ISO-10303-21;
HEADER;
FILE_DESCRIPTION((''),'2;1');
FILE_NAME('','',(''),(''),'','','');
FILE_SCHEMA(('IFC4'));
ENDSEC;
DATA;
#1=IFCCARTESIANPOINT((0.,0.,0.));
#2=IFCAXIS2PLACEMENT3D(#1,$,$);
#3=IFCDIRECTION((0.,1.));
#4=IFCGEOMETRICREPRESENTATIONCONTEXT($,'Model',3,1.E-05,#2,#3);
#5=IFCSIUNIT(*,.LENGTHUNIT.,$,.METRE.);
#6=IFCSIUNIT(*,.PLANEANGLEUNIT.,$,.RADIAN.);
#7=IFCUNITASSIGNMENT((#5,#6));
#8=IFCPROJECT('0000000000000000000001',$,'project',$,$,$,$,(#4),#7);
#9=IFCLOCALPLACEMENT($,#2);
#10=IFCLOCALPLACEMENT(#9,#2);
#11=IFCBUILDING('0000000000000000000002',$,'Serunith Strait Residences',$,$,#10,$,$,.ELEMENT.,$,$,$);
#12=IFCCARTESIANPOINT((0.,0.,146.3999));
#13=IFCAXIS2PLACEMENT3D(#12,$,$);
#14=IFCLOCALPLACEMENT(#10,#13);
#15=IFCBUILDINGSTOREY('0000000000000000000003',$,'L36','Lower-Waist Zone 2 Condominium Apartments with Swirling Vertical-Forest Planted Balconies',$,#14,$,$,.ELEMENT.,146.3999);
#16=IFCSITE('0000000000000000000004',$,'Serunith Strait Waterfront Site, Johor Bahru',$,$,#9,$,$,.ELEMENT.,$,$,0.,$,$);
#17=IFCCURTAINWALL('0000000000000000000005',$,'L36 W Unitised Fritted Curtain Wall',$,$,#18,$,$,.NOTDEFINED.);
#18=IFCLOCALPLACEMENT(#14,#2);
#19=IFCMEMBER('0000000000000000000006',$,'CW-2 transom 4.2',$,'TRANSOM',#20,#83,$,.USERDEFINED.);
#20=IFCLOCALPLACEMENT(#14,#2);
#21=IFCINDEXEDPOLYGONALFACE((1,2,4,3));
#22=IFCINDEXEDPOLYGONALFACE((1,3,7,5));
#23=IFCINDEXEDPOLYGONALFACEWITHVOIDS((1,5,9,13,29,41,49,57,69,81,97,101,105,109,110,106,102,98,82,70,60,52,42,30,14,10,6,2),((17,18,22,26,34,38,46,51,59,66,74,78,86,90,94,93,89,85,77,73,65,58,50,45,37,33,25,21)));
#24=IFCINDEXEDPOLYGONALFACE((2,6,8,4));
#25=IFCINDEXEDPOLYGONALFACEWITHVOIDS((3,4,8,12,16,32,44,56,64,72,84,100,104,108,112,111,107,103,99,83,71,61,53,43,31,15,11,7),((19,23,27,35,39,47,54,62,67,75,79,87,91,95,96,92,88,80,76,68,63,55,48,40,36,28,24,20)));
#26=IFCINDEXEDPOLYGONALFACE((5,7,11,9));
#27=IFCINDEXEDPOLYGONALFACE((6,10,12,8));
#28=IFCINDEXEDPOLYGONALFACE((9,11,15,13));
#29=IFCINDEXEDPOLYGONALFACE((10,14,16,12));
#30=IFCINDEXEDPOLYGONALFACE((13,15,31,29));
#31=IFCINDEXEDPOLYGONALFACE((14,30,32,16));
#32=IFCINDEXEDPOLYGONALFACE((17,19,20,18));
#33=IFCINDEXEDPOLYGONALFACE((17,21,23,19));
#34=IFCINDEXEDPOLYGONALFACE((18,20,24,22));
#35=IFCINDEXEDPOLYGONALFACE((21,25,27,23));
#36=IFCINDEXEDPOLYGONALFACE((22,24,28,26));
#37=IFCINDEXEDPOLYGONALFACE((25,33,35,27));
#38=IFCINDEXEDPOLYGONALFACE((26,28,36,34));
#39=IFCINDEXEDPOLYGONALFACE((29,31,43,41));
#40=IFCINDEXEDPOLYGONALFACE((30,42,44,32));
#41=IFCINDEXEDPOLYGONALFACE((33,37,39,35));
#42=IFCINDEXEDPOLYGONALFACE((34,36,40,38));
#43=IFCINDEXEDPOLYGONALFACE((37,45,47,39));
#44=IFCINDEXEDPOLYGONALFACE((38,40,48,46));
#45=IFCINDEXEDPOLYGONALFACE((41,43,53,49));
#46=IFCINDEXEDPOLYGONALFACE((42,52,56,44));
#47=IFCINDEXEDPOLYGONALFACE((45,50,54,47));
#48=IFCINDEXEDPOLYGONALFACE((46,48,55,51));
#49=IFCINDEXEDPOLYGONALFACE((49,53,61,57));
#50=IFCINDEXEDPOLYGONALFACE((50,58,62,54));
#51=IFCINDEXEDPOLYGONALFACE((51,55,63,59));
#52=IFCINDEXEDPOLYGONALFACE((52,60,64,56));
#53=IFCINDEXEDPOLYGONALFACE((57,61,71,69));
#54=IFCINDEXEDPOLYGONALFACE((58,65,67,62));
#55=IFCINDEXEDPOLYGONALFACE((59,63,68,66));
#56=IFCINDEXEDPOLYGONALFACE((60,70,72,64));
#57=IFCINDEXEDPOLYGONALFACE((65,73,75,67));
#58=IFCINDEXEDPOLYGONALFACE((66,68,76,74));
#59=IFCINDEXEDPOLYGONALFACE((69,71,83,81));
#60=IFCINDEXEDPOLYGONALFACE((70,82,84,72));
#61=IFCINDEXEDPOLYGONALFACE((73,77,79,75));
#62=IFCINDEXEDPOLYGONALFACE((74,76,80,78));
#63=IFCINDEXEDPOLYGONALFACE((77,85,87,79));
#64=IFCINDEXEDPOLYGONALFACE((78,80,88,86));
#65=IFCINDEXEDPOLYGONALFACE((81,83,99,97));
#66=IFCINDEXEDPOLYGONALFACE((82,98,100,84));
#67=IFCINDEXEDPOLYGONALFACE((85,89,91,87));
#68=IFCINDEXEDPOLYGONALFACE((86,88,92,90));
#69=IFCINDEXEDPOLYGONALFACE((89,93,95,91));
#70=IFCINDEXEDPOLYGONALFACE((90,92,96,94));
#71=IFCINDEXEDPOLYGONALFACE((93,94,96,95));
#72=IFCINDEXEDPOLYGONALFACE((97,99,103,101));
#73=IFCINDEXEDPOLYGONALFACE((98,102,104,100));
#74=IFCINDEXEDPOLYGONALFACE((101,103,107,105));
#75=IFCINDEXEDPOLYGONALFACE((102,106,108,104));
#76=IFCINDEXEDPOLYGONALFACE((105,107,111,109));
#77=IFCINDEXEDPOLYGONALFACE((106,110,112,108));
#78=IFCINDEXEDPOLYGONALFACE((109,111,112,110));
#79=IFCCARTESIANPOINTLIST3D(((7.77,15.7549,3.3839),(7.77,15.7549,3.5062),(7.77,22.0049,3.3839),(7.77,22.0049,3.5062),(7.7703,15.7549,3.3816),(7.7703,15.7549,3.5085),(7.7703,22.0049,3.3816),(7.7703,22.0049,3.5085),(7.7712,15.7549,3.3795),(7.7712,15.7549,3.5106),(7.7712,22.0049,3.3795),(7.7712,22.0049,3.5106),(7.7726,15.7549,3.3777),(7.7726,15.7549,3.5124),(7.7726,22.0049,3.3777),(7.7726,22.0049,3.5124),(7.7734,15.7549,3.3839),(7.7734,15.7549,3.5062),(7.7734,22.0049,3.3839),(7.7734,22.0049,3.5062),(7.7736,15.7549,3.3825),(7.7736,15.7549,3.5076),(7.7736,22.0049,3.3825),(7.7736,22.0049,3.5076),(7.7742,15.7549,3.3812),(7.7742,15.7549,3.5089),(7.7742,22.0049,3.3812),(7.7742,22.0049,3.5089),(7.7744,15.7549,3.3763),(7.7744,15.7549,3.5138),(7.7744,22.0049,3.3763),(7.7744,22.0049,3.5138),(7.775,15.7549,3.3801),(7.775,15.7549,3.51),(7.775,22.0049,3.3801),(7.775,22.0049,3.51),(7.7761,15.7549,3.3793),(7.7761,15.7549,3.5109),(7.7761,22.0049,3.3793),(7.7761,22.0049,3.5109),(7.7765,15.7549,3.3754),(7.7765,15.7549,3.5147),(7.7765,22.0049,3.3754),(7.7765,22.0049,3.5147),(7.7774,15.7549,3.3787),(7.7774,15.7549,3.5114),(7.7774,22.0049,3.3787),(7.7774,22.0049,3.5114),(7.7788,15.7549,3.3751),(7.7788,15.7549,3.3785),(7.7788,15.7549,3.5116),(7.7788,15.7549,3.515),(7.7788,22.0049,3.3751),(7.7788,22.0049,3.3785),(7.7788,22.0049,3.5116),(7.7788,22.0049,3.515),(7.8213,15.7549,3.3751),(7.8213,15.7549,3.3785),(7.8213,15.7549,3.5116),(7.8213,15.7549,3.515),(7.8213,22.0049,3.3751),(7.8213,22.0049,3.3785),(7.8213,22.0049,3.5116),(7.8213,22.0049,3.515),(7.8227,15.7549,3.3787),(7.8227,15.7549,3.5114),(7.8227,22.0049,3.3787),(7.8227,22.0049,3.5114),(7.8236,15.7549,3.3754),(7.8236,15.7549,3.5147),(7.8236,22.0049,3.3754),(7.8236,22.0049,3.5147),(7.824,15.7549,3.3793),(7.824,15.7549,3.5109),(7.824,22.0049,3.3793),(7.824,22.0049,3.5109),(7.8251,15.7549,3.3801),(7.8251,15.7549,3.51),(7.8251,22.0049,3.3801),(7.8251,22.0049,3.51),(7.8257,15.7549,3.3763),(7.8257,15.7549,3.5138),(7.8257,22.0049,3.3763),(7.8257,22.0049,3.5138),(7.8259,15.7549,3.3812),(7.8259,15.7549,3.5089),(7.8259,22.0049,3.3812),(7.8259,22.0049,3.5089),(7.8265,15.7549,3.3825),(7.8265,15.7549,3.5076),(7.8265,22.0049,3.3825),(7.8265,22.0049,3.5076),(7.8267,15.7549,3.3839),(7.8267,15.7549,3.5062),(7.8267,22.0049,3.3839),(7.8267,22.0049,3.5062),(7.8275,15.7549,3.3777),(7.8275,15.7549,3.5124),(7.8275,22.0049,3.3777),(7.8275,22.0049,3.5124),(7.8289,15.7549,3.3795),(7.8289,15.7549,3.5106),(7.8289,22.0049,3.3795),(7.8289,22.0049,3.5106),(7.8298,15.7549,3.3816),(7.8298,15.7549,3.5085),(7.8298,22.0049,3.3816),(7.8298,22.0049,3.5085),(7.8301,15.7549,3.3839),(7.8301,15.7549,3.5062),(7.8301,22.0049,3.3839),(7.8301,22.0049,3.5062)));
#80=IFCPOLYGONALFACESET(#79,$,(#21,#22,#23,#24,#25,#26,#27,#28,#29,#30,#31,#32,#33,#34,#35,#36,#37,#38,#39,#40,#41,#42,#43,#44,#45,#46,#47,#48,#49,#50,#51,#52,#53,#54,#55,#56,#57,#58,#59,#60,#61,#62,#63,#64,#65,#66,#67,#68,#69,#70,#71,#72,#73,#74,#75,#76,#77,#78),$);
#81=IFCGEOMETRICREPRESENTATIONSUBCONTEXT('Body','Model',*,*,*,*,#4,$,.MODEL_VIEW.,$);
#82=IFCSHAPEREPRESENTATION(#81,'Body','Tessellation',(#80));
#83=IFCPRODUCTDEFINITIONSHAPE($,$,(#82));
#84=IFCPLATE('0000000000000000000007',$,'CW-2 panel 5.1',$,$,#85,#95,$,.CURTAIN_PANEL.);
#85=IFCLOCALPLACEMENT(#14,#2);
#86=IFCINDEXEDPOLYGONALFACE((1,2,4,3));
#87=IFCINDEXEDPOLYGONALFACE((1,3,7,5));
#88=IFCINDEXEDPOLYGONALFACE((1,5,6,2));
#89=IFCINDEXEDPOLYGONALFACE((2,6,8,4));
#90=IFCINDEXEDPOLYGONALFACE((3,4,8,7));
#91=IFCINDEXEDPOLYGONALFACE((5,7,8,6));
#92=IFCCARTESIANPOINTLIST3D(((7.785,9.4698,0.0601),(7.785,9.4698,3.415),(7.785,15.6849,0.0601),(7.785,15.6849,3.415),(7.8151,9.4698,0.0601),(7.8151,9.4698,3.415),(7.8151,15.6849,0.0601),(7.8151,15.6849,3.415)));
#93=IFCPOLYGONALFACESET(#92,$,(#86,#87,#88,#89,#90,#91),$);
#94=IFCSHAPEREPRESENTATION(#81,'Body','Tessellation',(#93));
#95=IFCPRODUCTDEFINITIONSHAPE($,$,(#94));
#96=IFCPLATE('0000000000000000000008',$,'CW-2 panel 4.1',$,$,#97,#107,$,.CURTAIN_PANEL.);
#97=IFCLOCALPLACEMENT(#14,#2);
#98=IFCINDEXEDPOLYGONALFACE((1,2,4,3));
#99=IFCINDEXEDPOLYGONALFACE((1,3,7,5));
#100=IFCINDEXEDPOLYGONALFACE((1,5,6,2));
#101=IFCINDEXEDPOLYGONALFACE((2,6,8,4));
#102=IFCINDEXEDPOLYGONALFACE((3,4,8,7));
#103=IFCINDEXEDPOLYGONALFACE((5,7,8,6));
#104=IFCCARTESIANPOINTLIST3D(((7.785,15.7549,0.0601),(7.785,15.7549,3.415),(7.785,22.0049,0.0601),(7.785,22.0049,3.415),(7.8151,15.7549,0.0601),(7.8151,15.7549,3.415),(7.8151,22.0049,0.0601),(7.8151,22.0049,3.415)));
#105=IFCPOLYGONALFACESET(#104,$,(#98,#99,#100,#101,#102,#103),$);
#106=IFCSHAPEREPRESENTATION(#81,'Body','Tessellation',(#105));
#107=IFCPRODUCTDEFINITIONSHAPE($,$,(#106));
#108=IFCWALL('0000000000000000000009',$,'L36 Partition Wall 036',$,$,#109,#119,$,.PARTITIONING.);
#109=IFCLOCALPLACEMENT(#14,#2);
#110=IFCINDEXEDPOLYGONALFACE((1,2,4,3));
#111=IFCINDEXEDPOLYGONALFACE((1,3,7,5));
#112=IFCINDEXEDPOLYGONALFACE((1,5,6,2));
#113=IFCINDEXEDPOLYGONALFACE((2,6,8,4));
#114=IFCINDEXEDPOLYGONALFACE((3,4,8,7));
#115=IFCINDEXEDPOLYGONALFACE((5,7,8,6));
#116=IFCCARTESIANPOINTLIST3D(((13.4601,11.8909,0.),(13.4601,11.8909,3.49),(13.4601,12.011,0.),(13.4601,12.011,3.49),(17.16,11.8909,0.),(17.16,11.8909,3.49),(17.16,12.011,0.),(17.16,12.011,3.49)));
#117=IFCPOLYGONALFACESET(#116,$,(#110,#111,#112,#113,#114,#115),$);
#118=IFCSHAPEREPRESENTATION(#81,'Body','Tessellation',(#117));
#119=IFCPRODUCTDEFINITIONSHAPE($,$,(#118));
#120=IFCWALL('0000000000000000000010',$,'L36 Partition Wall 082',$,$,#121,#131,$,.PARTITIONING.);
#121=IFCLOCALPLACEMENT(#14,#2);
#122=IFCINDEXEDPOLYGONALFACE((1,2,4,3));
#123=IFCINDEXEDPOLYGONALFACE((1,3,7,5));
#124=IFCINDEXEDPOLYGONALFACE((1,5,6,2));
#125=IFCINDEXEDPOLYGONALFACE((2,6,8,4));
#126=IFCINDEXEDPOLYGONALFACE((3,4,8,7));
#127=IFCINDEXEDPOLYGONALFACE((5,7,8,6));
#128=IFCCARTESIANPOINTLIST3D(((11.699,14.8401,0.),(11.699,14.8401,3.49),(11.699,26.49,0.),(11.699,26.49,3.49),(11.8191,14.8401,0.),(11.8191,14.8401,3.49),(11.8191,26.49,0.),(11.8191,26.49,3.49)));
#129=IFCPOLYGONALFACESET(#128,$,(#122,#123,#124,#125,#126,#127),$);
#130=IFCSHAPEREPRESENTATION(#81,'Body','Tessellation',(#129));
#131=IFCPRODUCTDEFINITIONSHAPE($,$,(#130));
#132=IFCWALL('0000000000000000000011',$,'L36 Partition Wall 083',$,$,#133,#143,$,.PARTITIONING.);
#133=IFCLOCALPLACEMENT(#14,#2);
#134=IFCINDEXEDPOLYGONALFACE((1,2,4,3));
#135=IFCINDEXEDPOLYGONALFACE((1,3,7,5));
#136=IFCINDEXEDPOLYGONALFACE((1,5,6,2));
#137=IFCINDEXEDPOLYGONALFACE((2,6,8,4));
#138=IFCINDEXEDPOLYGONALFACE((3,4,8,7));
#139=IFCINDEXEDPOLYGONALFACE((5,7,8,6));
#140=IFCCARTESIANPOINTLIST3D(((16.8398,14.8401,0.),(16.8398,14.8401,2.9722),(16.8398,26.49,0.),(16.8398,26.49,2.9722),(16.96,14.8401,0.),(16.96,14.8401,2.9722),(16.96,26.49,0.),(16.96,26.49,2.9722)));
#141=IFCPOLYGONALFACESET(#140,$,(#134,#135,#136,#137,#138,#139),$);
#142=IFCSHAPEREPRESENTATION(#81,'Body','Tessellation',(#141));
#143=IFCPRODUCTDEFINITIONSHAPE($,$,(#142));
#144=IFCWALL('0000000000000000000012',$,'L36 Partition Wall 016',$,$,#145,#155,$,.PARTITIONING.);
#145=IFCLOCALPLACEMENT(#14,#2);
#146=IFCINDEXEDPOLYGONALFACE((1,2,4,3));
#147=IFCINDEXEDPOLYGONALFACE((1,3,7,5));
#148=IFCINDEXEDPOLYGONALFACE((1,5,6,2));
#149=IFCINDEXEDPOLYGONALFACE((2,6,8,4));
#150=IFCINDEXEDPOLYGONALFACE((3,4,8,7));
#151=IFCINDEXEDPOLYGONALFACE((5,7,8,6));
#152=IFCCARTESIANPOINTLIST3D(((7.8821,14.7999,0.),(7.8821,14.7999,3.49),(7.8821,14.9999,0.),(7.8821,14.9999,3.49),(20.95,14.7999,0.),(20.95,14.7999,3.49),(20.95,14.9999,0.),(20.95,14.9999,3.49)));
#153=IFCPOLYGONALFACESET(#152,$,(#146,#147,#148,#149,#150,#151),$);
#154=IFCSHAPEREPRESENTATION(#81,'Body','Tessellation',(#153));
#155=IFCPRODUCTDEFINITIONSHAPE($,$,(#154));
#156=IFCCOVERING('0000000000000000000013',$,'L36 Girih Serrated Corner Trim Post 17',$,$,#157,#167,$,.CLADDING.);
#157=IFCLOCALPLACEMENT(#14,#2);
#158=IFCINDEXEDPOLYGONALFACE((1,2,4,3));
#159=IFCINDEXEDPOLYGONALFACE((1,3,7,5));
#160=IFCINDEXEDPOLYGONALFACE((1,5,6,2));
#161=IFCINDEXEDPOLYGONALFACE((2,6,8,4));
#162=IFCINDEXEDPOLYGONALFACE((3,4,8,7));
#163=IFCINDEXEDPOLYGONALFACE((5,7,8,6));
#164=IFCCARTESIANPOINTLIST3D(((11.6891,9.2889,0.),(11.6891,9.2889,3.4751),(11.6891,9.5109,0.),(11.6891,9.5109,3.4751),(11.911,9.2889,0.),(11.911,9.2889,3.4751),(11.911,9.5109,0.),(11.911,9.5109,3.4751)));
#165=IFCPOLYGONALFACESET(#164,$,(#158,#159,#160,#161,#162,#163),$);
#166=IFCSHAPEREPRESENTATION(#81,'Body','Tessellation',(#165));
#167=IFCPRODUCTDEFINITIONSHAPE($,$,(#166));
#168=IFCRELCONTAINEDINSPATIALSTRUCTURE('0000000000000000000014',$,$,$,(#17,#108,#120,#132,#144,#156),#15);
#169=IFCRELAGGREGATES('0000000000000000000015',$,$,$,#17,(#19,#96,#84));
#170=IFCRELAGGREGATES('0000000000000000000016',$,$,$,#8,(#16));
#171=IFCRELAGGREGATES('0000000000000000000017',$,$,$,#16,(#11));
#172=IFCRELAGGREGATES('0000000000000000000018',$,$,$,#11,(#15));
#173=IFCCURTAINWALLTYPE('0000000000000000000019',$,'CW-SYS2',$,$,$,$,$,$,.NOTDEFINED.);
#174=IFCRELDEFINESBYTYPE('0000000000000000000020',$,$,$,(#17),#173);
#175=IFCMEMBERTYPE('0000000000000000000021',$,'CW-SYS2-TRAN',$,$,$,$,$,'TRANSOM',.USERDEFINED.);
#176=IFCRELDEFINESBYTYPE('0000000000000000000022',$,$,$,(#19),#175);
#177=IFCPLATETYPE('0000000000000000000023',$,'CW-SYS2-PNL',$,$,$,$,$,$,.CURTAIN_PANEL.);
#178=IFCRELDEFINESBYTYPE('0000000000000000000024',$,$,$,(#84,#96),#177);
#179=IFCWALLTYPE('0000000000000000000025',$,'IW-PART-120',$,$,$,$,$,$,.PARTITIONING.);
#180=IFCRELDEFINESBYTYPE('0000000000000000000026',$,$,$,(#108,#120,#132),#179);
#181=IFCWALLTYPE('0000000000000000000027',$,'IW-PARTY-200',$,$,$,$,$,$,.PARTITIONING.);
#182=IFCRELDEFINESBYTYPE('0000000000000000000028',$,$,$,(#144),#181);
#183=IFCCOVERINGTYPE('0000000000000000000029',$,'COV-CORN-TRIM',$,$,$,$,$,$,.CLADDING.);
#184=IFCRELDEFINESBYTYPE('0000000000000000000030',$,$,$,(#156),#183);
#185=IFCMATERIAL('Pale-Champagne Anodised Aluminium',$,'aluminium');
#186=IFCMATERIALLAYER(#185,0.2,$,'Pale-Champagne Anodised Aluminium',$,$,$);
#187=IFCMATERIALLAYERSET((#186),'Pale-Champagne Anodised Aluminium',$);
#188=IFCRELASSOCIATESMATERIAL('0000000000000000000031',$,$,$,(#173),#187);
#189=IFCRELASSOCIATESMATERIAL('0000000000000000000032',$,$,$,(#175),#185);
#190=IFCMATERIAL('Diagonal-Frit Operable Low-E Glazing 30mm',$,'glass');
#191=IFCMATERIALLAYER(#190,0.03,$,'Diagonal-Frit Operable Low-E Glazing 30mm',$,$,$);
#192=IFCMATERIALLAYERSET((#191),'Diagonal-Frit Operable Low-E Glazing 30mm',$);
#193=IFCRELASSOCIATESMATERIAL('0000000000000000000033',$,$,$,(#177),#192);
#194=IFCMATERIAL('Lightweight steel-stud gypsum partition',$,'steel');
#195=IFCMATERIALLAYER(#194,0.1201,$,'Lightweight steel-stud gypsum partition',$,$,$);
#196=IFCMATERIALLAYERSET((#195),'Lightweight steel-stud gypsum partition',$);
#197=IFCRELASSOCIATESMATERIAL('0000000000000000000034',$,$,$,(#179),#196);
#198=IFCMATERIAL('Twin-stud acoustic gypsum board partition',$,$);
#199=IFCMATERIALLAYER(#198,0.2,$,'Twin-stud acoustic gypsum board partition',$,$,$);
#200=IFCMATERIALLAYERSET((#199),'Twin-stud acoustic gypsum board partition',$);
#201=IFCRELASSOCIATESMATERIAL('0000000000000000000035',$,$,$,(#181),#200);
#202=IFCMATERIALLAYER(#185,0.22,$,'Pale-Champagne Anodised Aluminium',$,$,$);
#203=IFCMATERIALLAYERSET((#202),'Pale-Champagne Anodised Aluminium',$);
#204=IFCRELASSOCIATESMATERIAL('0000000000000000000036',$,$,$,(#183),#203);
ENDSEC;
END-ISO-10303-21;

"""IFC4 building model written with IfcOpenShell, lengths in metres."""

from ifc_helpers import new_model, si_unit, direction, frame, frame_2d, origin, origin_2d, place, context, subcontext, project, spatial, rectangle, hollow_rectangle, extrude, source, transform, mapped, material, layer, layer_set, material_profile, profile_set, type_object, element, aggregate, save


model = new_model("IFC4")

# Units and contexts
model_context = context("Model", 3, precision=1e-05, world=origin(), true_north=direction((0.0, 1.0)))
body_context = subcontext(model_context, "Body", "Model", "MODEL_VIEW")
ifc_project = project(units=[si_unit("LENGTHUNIT", "METRE"), si_unit("PLANEANGLEUNIT", "RADIAN")], contexts=[model_context])

# Site, building, storey
site_placement = place(None, origin())
site = spatial("IfcSite", under=ifc_project, at=site_placement, Name="Serunith Strait Waterfront Site, Johor Bahru", CompositionType="ELEMENT", RefElevation=0.0)
building_placement = place(site_placement, origin())
building = spatial("IfcBuilding", under=site, at=building_placement, Name="Serunith Strait Residences", CompositionType="ELEMENT")
storey_placement = place(building_placement, frame((0.0, 0.0, 146.3999)))
storey = spatial("IfcBuildingStorey", under=building, at=storey_placement, Name="L36", Description="Lower-Waist Zone 2 Condominium Apartments with Swirling Vertical-Forest Planted Balconies", CompositionType="ELEMENT", Elevation=146.3999)

# Curtain wall, member, plates
ifc_material_1 = material(Name="Pale-Champagne Anodised Aluminium", Category="aluminium")
ifc_layer_1 = layer(ifc_material_1, 0.2, Name="Pale-Champagne Anodised Aluminium")
ifc_layer_set_1 = layer_set([ifc_layer_1], Name="Pale-Champagne Anodised Aluminium")
curtain_wall_type = type_object("IfcCurtainWallType", Name="CW-SYS2", PredefinedType="NOTDEFINED", material=ifc_layer_set_1)
curtain_wall_placement = place(storey_placement, origin())
curtain_wall = element("IfcCurtainWall", 1, at=curtain_wall_placement, inside=storey, type_object=curtain_wall_type, Name="L36 W Unitised Fritted Curtain Wall", PredefinedType="NOTDEFINED")
ifc_material_profile_1 = material_profile(ifc_material_1, hollow_rectangle(XDim=0.0601, YDim=0.1399, WallThickness=0.0034, InnerFilletRadius=0.0054, OuterFilletRadius=0.0088, at=origin_2d()), Name="ALU 140x60x3.5")
ifc_profile_set_1 = profile_set([ifc_material_profile_1], Name="Pale-Champagne Anodised Aluminium")
member_type_1 = type_object("IfcMemberType", Name="CW-SYS2-TRAN", ElementType="TRANSOM", PredefinedType="USERDEFINED", material=ifc_profile_set_1)
shared_shape_1 = source(origin(), body_context, "Body", "SweptSolid", [
    extrude(hollow_rectangle(XDim=0.0601, YDim=0.1399, WallThickness=0.0034, InnerFilletRadius=0.0054, OuterFilletRadius=0.0088, at=origin_2d()), origin(), (0.0, 0.0, 1.0), 6.25),
])
member_1_placement = place(storey_placement, frame((7.8, 22.0049, 3.4451), z_axis=(0.0, -1.0, 0.0), x_axis=(1.0, 0.0, 0.0)))
member_1 = element("IfcMember", 2, at=member_1_placement, type_object=member_type_1, Name="CW-2 transom 4.2", ObjectType="TRANSOM", PredefinedType="USERDEFINED", context=body_context, shape_type="MappedRepresentation", body=[
    mapped(shared_shape_1, transform((0.0, 0.0, 0.0), scale=1.0)),
])
ifc_material_2 = material(Name="Diagonal-Frit Operable Low-E Glazing 30mm", Category="glass")
ifc_layer_2 = layer(ifc_material_2, 0.03, Name="Diagonal-Frit Operable Low-E Glazing 30mm")
ifc_layer_set_2 = layer_set([ifc_layer_2], Name="Diagonal-Frit Operable Low-E Glazing 30mm")
plate_type = type_object("IfcPlateType", Name="CW-SYS2-PNL", PredefinedType="CURTAIN_PANEL", material=ifc_layer_set_2)
shared_shape_2 = source(origin(), body_context, "Body", "SweptSolid", [
    extrude(rectangle(XDim=6.2151, YDim=0.03, at=origin_2d()), origin(), (0.0, 0.0, 1.0), 3.355),
])
plate_1_placement = place(storey_placement, frame((7.8, 12.5774, 0.0601), z_axis=(0.0, 0.0, 1.0), x_axis=(0.0, -1.0, 0.0)))
plate_1 = element("IfcPlate", 3, at=plate_1_placement, type_object=plate_type, Name="CW-2 panel 5.1", PredefinedType="CURTAIN_PANEL", context=body_context, shape_type="MappedRepresentation", body=[
    mapped(shared_shape_2, transform((0.0, 0.0, 0.0), scale=1.0)),
])
shared_shape_3 = source(origin(), body_context, "Body", "SweptSolid", [
    extrude(rectangle(XDim=6.25, YDim=0.03, at=origin_2d()), origin(), (0.0, 0.0, 1.0), 3.355),
])
plate_2_placement = place(storey_placement, frame((7.8, 18.8799, 0.0601), z_axis=(0.0, 0.0, 1.0), x_axis=(0.0, -1.0, 0.0)))
plate_2 = element("IfcPlate", 4, at=plate_2_placement, type_object=plate_type, Name="CW-2 panel 4.1", PredefinedType="CURTAIN_PANEL", context=body_context, shape_type="MappedRepresentation", body=[
    mapped(shared_shape_3, transform((0.0, 0.0, 0.0), scale=1.0)),
])
aggregate(curtain_wall, [member_1, plate_2, plate_1])

# Walls
ifc_material_3 = material(Name="Lightweight steel-stud gypsum partition", Category="steel")
ifc_layer_3 = layer(ifc_material_3, 0.1201, Name="Lightweight steel-stud gypsum partition")
ifc_layer_set_3 = layer_set([ifc_layer_3], Name="Lightweight steel-stud gypsum partition")
wall_type_1 = type_object("IfcWallType", Name="IW-PART-120", PredefinedType="PARTITIONING", material=ifc_layer_set_3)
wall_1_placement = place(storey_placement, frame((13.46, 11.9509, 0.0), z_axis=(0.0, 0.0, 1.0), x_axis=(1.0, 0.0, 0.0)))
element("IfcWall", 5, at=wall_1_placement, inside=storey, type_object=wall_type_1, Name="L36 Partition Wall 036", PredefinedType="PARTITIONING", context=body_context, shape_type="SweptSolid", body=[
    extrude(rectangle(XDim=3.7, YDim=0.1201, at=frame_2d((1.8501, 0.0))), origin(), (0.0, 0.0, 1.0), 3.49),
])
wall_2_placement = place(storey_placement, frame((11.759, 14.8401, 0.0), z_axis=(0.0, 0.0, 1.0), x_axis=(0.0, 1.0, 0.0)))
element("IfcWall", 6, at=wall_2_placement, inside=storey, type_object=wall_type_1, Name="L36 Partition Wall 082", PredefinedType="PARTITIONING", context=body_context, shape_type="SweptSolid", body=[
    extrude(rectangle(XDim=11.6499, YDim=0.1201, at=frame_2d((5.825, 0.0))), origin(), (0.0, 0.0, 1.0), 3.49),
])
wall_3_placement = place(storey_placement, frame((16.8999, 14.8401, 0.0), z_axis=(0.0, 0.0, 1.0), x_axis=(0.0, 1.0, 0.0)))
element("IfcWall", 7, at=wall_3_placement, inside=storey, type_object=wall_type_1, Name="L36 Partition Wall 083", PredefinedType="PARTITIONING", context=body_context, shape_type="SweptSolid", body=[
    extrude(rectangle(XDim=11.6499, YDim=0.1201, at=frame_2d((5.825, 0.0))), origin(), (0.0, 0.0, 1.0), 2.9722),
])
ifc_material_4 = material(Name="Twin-stud acoustic gypsum board partition")
ifc_layer_4 = layer(ifc_material_4, 0.2, Name="Twin-stud acoustic gypsum board partition")
ifc_layer_set_4 = layer_set([ifc_layer_4], Name="Twin-stud acoustic gypsum board partition")
wall_type_2 = type_object("IfcWallType", Name="IW-PARTY-200", PredefinedType="PARTITIONING", material=ifc_layer_set_4)
wall_4_placement = place(storey_placement, frame((7.8821, 14.8999, 0.0), z_axis=(0.0, 0.0, 1.0), x_axis=(1.0, 0.0, 0.0)))
element("IfcWall", 8, at=wall_4_placement, inside=storey, type_object=wall_type_2, Name="L36 Partition Wall 016", PredefinedType="PARTITIONING", context=body_context, shape_type="SweptSolid", body=[
    extrude(rectangle(XDim=13.0679, YDim=0.2, at=frame_2d((6.5339, 0.0))), origin(), (0.0, 0.0, 1.0), 3.49),
])

# Covering
ifc_layer_5 = layer(ifc_material_1, 0.22, Name="Pale-Champagne Anodised Aluminium")
ifc_layer_set_5 = layer_set([ifc_layer_5], Name="Pale-Champagne Anodised Aluminium")
covering_type = type_object("IfcCoveringType", Name="COV-CORN-TRIM", PredefinedType="CLADDING", material=ifc_layer_set_5)
shared_shape_4 = source(origin(), body_context, "Body", "SweptSolid", [
    extrude(rectangle(XDim=0.2219, YDim=0.2219, at=origin_2d()), origin(), (0.0, 0.0, 1.0), 3.4751),
])
covering_placement = place(storey_placement, frame((11.8, 9.3999, 0.0), z_axis=(0.0, 0.0, 1.0), x_axis=(1.0, 0.0, 0.0)))
element("IfcCovering", 9, at=covering_placement, inside=storey, type_object=covering_type, Name="L36 Girih Serrated Corner Trim Post 17", PredefinedType="CLADDING", context=body_context, shape_type="MappedRepresentation", body=[
    mapped(shared_shape_4, transform((0.0, 0.0, 0.0), scale=1.0)),
])

save(model, "model.ifc")
